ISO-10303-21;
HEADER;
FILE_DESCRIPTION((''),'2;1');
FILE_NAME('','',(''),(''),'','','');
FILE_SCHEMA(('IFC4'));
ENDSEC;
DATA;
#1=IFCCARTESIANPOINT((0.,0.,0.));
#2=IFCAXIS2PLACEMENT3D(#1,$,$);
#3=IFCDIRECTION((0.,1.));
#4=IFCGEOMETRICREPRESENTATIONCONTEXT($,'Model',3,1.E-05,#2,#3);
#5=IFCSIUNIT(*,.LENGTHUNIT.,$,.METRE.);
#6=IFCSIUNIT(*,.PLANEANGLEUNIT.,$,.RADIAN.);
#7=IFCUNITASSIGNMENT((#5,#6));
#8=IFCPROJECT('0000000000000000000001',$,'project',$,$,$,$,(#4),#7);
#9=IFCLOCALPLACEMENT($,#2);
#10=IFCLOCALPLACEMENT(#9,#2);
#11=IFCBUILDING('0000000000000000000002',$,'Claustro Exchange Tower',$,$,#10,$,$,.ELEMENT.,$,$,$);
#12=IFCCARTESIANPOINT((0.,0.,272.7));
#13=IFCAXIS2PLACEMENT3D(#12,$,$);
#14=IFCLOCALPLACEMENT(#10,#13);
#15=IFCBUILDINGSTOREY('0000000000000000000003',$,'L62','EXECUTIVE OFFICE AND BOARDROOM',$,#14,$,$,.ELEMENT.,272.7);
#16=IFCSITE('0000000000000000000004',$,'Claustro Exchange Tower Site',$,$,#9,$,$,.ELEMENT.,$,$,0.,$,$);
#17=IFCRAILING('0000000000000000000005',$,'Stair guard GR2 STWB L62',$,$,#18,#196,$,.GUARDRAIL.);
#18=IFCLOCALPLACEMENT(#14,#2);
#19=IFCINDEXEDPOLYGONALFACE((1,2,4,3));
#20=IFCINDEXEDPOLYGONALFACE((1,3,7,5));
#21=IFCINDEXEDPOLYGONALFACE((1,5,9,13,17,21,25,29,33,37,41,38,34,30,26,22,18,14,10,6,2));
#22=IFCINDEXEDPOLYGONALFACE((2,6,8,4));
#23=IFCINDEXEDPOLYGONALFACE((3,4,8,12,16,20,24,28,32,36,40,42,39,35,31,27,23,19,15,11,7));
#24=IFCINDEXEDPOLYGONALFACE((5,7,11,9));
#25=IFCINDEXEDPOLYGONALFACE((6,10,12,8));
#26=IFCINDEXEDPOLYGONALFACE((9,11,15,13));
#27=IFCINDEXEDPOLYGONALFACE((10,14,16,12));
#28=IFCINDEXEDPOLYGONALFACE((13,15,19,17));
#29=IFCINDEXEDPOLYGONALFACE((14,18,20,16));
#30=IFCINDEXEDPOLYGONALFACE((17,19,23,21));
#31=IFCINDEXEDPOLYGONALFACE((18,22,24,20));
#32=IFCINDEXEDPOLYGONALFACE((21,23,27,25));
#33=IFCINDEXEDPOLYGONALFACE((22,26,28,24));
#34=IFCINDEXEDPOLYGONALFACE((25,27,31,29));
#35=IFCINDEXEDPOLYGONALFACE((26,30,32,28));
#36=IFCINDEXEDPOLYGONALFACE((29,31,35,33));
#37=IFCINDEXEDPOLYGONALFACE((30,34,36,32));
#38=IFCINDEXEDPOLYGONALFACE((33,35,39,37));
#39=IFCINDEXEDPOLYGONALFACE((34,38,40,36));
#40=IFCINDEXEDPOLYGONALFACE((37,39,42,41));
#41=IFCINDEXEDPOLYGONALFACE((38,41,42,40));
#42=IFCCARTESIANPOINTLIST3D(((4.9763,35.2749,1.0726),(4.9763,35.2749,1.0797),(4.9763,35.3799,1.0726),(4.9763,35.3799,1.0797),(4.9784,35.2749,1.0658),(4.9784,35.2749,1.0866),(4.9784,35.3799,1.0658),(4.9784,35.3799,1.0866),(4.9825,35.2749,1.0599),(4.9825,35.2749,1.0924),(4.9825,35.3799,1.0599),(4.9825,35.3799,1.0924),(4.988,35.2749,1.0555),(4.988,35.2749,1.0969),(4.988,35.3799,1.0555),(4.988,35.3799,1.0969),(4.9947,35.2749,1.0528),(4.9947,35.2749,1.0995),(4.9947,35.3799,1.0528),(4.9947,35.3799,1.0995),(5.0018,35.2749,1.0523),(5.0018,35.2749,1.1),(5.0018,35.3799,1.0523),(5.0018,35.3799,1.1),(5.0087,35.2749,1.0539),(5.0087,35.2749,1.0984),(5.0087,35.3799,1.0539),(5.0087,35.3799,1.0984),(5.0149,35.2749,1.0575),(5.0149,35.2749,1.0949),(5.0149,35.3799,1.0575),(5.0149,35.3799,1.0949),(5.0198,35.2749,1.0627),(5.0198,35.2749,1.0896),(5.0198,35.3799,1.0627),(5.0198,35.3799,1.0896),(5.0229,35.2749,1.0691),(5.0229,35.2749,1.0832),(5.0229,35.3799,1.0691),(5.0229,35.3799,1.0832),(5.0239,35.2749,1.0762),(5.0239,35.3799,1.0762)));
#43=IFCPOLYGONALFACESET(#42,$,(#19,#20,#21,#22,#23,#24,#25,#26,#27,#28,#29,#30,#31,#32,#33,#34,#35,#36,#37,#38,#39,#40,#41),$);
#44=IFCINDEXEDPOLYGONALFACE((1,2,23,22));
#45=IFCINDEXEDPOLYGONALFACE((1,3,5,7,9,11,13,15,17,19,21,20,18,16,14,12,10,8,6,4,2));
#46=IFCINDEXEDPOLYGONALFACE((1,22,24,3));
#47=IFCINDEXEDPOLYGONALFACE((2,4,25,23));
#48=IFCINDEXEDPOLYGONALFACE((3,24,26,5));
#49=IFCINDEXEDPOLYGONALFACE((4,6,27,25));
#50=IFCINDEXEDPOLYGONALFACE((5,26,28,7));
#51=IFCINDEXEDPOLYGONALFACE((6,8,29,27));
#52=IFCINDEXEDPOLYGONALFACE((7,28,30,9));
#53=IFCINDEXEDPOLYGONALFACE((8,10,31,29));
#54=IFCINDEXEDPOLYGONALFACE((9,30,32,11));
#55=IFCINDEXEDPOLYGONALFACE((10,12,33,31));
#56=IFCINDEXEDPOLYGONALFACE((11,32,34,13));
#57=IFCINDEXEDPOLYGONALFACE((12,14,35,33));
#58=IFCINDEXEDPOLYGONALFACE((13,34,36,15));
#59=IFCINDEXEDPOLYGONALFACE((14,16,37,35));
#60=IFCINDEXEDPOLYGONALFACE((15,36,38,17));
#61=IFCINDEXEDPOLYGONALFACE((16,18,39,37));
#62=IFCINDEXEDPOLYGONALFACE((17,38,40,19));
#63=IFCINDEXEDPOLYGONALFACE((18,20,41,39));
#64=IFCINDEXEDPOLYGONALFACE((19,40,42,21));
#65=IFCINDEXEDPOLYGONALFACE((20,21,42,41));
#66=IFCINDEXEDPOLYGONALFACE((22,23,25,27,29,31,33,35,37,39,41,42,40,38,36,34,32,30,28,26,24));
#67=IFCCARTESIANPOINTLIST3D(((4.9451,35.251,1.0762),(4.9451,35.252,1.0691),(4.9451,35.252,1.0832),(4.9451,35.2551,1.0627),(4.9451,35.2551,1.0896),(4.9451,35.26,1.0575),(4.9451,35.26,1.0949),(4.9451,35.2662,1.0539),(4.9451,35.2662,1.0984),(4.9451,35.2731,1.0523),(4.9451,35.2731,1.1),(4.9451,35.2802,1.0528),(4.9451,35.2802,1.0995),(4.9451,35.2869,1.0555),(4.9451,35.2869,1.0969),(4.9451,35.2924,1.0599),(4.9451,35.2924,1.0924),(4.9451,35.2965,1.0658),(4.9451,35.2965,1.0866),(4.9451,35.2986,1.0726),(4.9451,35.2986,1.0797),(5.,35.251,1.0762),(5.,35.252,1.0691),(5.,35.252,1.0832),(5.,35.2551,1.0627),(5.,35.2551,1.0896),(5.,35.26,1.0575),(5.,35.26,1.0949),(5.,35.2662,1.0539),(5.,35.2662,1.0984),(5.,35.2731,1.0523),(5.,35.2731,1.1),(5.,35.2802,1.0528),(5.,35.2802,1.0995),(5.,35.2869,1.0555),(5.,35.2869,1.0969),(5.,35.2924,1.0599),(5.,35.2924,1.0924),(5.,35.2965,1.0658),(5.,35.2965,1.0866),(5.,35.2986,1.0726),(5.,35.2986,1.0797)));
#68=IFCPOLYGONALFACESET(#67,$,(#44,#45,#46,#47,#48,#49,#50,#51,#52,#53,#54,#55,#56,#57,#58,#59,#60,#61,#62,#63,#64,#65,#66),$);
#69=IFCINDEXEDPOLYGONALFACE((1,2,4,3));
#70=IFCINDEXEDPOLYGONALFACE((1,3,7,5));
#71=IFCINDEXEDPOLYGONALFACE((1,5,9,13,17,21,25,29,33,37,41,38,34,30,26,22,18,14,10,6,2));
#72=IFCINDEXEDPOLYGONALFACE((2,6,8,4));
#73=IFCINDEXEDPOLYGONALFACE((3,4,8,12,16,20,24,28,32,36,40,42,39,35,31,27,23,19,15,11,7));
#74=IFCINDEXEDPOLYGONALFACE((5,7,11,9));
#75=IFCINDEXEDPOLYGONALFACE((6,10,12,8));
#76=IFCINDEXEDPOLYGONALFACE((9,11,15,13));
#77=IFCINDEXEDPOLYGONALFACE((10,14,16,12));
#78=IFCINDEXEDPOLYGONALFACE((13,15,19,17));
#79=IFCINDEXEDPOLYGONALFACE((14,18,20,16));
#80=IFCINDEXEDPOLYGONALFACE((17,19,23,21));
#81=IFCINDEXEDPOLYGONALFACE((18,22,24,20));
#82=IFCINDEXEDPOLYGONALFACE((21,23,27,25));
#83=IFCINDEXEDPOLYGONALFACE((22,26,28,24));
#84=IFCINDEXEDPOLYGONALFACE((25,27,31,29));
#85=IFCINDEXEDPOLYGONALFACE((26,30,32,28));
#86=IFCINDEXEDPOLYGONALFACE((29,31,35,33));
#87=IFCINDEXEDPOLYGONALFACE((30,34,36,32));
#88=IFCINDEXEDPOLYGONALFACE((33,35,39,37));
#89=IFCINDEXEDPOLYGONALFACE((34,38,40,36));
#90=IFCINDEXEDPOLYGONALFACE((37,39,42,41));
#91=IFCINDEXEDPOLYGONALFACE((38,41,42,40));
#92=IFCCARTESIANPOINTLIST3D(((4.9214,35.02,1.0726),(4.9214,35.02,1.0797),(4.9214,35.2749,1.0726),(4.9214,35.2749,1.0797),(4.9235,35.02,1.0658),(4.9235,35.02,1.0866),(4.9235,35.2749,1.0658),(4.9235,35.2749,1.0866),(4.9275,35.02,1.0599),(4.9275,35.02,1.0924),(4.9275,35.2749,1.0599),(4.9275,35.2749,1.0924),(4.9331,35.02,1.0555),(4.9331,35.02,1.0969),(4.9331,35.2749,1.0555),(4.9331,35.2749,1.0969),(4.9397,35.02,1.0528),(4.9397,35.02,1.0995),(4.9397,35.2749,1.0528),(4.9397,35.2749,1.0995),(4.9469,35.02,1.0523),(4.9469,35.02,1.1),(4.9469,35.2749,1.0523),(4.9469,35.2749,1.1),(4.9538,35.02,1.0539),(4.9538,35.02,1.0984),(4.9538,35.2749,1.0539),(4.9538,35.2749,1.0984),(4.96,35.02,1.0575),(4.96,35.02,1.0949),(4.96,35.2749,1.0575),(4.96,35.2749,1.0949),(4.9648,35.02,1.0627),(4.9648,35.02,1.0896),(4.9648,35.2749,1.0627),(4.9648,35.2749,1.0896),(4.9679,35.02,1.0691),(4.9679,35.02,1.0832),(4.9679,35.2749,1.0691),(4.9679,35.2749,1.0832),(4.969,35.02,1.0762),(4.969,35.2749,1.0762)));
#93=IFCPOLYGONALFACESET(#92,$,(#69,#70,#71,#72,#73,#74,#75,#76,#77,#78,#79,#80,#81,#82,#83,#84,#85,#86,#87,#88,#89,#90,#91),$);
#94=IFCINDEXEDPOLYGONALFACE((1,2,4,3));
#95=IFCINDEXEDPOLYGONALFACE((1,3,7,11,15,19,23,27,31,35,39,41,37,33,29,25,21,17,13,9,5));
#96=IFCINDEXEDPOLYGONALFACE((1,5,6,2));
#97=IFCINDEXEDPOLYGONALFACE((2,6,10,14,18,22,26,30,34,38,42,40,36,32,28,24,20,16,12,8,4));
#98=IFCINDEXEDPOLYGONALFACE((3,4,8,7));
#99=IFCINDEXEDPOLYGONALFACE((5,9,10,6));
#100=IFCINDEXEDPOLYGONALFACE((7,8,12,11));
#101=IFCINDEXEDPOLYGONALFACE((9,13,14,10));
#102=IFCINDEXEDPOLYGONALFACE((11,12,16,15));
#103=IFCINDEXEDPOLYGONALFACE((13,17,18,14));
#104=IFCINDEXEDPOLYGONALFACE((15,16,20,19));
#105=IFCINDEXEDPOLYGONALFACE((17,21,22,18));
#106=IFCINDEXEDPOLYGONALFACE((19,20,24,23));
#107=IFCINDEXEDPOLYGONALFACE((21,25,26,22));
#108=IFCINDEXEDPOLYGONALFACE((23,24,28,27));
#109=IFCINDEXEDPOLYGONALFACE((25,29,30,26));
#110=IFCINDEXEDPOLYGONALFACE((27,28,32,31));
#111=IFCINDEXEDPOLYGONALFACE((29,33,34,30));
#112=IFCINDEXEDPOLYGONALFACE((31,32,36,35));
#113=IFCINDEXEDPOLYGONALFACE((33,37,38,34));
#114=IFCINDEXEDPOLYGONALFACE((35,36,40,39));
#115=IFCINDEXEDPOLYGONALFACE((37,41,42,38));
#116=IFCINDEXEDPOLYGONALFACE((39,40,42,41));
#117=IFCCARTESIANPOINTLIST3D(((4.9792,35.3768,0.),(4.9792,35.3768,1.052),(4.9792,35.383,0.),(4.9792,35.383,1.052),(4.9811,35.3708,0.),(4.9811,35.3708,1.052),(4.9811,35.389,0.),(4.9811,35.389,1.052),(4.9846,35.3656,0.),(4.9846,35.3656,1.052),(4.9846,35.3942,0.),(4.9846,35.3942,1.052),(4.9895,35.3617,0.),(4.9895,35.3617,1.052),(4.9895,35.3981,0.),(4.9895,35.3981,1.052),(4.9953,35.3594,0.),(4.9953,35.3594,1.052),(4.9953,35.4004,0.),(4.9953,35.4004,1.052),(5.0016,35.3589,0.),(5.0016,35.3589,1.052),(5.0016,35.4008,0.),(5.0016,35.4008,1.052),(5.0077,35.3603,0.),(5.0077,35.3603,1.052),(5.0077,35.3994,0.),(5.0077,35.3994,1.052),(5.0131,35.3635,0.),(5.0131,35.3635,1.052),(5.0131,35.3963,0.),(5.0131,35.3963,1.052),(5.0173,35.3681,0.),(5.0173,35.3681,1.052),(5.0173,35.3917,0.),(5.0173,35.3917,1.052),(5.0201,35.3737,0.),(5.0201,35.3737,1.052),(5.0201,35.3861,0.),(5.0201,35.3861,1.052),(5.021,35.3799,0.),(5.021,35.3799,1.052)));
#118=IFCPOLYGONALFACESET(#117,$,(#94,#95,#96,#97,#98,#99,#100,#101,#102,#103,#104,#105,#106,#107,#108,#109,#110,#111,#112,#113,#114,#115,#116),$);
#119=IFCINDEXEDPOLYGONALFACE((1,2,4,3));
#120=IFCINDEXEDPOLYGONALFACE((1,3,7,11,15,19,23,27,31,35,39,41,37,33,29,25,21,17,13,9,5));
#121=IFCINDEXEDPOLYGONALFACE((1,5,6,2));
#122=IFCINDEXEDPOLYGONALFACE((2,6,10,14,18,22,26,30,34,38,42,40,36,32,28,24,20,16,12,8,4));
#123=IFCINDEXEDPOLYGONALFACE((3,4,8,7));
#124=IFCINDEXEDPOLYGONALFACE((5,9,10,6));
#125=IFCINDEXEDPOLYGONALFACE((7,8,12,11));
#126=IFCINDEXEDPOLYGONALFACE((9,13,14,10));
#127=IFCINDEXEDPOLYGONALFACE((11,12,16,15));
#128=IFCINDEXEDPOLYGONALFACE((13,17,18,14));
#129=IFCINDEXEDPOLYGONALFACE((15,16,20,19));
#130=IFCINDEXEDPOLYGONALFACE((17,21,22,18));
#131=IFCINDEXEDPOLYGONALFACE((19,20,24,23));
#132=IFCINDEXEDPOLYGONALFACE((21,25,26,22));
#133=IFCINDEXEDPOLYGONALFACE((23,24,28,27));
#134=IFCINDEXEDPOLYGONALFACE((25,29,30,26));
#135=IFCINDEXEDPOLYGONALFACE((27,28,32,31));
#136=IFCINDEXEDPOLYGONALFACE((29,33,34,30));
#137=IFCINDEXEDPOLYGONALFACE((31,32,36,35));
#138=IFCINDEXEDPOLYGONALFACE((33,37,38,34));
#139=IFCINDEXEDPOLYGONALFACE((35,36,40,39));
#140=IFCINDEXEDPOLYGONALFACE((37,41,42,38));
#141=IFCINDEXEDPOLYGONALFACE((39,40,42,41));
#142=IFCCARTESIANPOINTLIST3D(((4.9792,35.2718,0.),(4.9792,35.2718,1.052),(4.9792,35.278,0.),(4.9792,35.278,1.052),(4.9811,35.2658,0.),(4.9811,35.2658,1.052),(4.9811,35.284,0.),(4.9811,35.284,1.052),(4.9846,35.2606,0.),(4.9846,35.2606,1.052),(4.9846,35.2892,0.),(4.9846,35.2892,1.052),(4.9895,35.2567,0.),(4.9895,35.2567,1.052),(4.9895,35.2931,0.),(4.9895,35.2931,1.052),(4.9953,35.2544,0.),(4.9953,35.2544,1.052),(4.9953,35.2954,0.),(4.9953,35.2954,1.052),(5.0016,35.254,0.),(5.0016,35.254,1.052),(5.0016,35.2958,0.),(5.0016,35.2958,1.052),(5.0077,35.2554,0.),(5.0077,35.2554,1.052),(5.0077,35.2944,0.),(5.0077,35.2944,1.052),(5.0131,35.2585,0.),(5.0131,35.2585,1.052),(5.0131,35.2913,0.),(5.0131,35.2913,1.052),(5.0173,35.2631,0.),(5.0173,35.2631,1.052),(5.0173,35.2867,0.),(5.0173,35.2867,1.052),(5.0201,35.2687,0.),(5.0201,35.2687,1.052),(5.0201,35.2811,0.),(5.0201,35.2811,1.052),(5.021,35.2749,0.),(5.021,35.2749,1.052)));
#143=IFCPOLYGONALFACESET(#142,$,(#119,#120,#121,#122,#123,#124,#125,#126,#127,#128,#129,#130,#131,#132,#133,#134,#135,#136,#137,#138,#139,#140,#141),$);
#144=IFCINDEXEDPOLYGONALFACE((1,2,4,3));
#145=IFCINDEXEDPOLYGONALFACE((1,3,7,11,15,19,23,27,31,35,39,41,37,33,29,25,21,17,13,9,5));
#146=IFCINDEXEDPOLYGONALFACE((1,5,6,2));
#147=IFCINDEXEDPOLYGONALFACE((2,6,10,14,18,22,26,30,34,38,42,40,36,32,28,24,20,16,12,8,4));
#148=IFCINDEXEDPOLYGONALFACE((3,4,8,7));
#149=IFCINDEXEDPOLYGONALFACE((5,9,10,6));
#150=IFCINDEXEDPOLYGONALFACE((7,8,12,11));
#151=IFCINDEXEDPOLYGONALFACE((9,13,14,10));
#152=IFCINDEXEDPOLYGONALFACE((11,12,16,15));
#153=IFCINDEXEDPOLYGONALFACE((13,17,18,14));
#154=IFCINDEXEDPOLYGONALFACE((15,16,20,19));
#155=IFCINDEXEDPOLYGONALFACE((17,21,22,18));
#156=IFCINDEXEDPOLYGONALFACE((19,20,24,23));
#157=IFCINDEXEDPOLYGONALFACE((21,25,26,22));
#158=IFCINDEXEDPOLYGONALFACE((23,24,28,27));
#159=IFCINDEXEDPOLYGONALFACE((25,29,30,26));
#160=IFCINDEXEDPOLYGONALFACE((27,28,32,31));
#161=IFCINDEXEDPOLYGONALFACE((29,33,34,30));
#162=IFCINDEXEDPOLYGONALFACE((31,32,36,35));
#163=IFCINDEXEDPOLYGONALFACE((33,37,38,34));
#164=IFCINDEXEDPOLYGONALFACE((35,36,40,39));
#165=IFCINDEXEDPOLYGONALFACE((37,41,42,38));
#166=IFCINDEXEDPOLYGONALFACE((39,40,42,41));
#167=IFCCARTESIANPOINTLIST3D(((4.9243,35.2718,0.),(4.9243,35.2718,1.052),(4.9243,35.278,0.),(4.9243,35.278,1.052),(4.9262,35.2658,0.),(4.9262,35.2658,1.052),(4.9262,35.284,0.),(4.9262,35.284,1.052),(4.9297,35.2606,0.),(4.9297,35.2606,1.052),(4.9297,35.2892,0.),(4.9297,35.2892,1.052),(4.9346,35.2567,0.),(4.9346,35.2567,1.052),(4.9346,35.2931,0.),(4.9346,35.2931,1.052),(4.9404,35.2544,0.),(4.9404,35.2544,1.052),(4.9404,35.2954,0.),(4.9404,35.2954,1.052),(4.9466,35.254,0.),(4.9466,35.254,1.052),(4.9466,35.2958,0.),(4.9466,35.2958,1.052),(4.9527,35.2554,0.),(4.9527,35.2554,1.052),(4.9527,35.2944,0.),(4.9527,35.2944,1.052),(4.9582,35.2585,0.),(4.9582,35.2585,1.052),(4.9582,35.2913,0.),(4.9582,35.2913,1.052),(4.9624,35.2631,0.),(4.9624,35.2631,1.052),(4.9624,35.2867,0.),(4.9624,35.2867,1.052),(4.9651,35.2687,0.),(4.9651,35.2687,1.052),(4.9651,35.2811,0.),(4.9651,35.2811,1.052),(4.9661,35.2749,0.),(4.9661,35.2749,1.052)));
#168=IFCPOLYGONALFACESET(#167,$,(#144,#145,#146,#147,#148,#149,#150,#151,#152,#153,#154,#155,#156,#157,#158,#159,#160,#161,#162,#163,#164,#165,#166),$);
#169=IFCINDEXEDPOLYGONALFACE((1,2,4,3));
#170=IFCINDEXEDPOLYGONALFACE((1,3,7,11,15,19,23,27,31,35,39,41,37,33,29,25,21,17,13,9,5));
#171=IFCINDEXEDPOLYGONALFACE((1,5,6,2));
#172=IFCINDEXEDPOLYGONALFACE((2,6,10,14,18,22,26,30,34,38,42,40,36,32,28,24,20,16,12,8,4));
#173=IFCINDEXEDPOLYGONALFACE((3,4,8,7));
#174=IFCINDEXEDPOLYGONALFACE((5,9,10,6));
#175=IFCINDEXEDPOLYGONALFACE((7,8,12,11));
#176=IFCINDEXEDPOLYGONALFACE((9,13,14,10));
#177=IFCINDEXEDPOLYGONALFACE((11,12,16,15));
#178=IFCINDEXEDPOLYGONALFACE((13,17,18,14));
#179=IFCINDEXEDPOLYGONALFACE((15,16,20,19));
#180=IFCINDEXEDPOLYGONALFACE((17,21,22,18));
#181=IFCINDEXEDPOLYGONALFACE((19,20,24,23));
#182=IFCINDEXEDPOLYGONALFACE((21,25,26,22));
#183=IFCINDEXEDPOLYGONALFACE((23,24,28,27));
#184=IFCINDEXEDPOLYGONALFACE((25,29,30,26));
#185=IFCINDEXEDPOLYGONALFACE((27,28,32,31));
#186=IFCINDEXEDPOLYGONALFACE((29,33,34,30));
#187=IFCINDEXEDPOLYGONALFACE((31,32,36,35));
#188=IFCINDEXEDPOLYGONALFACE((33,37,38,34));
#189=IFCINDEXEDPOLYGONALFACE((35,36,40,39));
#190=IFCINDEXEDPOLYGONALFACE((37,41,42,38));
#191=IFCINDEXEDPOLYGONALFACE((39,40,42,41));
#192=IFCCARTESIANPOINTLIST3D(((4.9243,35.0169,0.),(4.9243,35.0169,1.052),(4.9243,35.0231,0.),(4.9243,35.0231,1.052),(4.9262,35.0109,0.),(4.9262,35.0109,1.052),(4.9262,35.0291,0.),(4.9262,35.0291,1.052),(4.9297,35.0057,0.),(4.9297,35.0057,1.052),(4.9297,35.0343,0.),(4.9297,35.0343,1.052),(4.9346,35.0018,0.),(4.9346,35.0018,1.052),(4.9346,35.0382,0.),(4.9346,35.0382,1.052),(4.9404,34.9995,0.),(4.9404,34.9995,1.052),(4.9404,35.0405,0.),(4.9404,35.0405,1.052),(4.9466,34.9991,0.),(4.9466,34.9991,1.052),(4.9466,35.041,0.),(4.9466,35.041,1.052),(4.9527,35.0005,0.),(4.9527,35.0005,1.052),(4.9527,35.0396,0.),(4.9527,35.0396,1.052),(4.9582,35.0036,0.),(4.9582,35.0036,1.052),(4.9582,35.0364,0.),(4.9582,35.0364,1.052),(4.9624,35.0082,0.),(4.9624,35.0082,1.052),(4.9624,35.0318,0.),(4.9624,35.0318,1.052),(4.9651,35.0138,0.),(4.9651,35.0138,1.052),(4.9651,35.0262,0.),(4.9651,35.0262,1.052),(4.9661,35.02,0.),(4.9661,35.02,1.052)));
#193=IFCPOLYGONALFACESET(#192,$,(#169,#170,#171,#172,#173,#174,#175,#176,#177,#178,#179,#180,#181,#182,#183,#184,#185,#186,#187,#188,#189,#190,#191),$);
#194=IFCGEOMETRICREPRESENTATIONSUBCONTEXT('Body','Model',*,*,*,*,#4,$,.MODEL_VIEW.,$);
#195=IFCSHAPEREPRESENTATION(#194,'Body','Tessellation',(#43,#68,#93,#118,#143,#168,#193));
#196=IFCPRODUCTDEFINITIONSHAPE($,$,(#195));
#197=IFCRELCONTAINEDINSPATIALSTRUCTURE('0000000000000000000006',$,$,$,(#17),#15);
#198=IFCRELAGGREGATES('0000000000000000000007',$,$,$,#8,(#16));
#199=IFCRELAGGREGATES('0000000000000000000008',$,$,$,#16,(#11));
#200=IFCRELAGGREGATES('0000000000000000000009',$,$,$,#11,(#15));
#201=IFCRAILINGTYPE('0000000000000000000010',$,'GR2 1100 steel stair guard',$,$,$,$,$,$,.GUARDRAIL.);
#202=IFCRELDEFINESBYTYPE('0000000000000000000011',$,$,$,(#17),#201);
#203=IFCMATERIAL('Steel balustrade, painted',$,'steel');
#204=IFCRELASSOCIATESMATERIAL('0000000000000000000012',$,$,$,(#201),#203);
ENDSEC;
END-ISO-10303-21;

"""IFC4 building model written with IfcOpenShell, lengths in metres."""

from ifc_helpers import new_model, si_unit, direction, frame, origin, origin_2d, place, context, subcontext, project, spatial, circle, extrude, material, type_object, element, save


model = new_model("IFC4")

# Units and contexts
model_context = context("Model", 3, precision=1e-05, world=origin(), true_north=direction((0.0, 1.0)))
body_context = subcontext(model_context, "Body", "Model", "MODEL_VIEW")
ifc_project = project(units=[si_unit("LENGTHUNIT", "METRE"), si_unit("PLANEANGLEUNIT", "RADIAN")], contexts=[model_context])

# Site, building, storey
site_placement = place(None, origin())
site = spatial("IfcSite", under=ifc_project, at=site_placement, Name="Claustro Exchange Tower Site", CompositionType="ELEMENT", RefElevation=0.0)
building_placement = place(site_placement, origin())
building = spatial("IfcBuilding", under=site, at=building_placement, Name="Claustro Exchange Tower", CompositionType="ELEMENT")
storey_placement = place(building_placement, frame((0.0, 0.0, 272.7)))
storey = spatial("IfcBuildingStorey", under=building, at=storey_placement, Name="L62", Description="EXECUTIVE OFFICE AND BOARDROOM", CompositionType="ELEMENT", Elevation=272.7)

# Railing
ifc_material_1 = material(Name="Steel balustrade, painted", Category="steel")
railing_type_1 = type_object("IfcRailingType", Name="GR2 1100 steel stair guard", PredefinedType="GUARDRAIL", material=ifc_material_1)
railing_1_placement = place(storey_placement, frame((5.0, 35.3799, 0.0)))
element("IfcRailing", 1, at=railing_1_placement, inside=storey, type_object=railing_type_1, Name="Stair guard GR2 STWB L62", PredefinedType="GUARDRAIL", context=body_context, shape_type="SweptSolid", body=[
    extrude(circle(Radius=0.0239, at=origin_2d()), frame((0.0, 0.0, 1.0762), z_axis=(0.0, -1.0, 0.0), x_axis=(1.0, 0.0, 0.0)), (0.0, 0.0, 1.0), 0.105),
    extrude(circle(Radius=0.0239, at=origin_2d()), frame((0.0, -0.105, 1.0762), z_axis=(-1.0, 0.0, 0.0), x_axis=(0.0, -1.0, 0.0)), (0.0, 0.0, 1.0), 0.0549),
    extrude(circle(Radius=0.0239, at=origin_2d()), frame((-0.0549, -0.105, 1.0762), z_axis=(0.0, -1.0, 0.0), x_axis=(1.0, 0.0, 0.0)), (0.0, 0.0, 1.0), 0.2549),
    extrude(circle(Radius=0.021, at=origin_2d()), origin(), (0.0, 0.0, 1.0), 1.052),
    extrude(circle(Radius=0.021, at=origin_2d()), frame((0.0, -0.105, 0.0)), (0.0, 0.0, 1.0), 1.052),
    extrude(circle(Radius=0.021, at=origin_2d()), frame((-0.0549, -0.105, 0.0)), (0.0, 0.0, 1.0), 1.052),
    extrude(circle(Radius=0.021, at=origin_2d()), frame((-0.0549, -0.3599, 0.0)), (0.0, 0.0, 1.0), 1.052),
])

save(model, "model.ifc")
